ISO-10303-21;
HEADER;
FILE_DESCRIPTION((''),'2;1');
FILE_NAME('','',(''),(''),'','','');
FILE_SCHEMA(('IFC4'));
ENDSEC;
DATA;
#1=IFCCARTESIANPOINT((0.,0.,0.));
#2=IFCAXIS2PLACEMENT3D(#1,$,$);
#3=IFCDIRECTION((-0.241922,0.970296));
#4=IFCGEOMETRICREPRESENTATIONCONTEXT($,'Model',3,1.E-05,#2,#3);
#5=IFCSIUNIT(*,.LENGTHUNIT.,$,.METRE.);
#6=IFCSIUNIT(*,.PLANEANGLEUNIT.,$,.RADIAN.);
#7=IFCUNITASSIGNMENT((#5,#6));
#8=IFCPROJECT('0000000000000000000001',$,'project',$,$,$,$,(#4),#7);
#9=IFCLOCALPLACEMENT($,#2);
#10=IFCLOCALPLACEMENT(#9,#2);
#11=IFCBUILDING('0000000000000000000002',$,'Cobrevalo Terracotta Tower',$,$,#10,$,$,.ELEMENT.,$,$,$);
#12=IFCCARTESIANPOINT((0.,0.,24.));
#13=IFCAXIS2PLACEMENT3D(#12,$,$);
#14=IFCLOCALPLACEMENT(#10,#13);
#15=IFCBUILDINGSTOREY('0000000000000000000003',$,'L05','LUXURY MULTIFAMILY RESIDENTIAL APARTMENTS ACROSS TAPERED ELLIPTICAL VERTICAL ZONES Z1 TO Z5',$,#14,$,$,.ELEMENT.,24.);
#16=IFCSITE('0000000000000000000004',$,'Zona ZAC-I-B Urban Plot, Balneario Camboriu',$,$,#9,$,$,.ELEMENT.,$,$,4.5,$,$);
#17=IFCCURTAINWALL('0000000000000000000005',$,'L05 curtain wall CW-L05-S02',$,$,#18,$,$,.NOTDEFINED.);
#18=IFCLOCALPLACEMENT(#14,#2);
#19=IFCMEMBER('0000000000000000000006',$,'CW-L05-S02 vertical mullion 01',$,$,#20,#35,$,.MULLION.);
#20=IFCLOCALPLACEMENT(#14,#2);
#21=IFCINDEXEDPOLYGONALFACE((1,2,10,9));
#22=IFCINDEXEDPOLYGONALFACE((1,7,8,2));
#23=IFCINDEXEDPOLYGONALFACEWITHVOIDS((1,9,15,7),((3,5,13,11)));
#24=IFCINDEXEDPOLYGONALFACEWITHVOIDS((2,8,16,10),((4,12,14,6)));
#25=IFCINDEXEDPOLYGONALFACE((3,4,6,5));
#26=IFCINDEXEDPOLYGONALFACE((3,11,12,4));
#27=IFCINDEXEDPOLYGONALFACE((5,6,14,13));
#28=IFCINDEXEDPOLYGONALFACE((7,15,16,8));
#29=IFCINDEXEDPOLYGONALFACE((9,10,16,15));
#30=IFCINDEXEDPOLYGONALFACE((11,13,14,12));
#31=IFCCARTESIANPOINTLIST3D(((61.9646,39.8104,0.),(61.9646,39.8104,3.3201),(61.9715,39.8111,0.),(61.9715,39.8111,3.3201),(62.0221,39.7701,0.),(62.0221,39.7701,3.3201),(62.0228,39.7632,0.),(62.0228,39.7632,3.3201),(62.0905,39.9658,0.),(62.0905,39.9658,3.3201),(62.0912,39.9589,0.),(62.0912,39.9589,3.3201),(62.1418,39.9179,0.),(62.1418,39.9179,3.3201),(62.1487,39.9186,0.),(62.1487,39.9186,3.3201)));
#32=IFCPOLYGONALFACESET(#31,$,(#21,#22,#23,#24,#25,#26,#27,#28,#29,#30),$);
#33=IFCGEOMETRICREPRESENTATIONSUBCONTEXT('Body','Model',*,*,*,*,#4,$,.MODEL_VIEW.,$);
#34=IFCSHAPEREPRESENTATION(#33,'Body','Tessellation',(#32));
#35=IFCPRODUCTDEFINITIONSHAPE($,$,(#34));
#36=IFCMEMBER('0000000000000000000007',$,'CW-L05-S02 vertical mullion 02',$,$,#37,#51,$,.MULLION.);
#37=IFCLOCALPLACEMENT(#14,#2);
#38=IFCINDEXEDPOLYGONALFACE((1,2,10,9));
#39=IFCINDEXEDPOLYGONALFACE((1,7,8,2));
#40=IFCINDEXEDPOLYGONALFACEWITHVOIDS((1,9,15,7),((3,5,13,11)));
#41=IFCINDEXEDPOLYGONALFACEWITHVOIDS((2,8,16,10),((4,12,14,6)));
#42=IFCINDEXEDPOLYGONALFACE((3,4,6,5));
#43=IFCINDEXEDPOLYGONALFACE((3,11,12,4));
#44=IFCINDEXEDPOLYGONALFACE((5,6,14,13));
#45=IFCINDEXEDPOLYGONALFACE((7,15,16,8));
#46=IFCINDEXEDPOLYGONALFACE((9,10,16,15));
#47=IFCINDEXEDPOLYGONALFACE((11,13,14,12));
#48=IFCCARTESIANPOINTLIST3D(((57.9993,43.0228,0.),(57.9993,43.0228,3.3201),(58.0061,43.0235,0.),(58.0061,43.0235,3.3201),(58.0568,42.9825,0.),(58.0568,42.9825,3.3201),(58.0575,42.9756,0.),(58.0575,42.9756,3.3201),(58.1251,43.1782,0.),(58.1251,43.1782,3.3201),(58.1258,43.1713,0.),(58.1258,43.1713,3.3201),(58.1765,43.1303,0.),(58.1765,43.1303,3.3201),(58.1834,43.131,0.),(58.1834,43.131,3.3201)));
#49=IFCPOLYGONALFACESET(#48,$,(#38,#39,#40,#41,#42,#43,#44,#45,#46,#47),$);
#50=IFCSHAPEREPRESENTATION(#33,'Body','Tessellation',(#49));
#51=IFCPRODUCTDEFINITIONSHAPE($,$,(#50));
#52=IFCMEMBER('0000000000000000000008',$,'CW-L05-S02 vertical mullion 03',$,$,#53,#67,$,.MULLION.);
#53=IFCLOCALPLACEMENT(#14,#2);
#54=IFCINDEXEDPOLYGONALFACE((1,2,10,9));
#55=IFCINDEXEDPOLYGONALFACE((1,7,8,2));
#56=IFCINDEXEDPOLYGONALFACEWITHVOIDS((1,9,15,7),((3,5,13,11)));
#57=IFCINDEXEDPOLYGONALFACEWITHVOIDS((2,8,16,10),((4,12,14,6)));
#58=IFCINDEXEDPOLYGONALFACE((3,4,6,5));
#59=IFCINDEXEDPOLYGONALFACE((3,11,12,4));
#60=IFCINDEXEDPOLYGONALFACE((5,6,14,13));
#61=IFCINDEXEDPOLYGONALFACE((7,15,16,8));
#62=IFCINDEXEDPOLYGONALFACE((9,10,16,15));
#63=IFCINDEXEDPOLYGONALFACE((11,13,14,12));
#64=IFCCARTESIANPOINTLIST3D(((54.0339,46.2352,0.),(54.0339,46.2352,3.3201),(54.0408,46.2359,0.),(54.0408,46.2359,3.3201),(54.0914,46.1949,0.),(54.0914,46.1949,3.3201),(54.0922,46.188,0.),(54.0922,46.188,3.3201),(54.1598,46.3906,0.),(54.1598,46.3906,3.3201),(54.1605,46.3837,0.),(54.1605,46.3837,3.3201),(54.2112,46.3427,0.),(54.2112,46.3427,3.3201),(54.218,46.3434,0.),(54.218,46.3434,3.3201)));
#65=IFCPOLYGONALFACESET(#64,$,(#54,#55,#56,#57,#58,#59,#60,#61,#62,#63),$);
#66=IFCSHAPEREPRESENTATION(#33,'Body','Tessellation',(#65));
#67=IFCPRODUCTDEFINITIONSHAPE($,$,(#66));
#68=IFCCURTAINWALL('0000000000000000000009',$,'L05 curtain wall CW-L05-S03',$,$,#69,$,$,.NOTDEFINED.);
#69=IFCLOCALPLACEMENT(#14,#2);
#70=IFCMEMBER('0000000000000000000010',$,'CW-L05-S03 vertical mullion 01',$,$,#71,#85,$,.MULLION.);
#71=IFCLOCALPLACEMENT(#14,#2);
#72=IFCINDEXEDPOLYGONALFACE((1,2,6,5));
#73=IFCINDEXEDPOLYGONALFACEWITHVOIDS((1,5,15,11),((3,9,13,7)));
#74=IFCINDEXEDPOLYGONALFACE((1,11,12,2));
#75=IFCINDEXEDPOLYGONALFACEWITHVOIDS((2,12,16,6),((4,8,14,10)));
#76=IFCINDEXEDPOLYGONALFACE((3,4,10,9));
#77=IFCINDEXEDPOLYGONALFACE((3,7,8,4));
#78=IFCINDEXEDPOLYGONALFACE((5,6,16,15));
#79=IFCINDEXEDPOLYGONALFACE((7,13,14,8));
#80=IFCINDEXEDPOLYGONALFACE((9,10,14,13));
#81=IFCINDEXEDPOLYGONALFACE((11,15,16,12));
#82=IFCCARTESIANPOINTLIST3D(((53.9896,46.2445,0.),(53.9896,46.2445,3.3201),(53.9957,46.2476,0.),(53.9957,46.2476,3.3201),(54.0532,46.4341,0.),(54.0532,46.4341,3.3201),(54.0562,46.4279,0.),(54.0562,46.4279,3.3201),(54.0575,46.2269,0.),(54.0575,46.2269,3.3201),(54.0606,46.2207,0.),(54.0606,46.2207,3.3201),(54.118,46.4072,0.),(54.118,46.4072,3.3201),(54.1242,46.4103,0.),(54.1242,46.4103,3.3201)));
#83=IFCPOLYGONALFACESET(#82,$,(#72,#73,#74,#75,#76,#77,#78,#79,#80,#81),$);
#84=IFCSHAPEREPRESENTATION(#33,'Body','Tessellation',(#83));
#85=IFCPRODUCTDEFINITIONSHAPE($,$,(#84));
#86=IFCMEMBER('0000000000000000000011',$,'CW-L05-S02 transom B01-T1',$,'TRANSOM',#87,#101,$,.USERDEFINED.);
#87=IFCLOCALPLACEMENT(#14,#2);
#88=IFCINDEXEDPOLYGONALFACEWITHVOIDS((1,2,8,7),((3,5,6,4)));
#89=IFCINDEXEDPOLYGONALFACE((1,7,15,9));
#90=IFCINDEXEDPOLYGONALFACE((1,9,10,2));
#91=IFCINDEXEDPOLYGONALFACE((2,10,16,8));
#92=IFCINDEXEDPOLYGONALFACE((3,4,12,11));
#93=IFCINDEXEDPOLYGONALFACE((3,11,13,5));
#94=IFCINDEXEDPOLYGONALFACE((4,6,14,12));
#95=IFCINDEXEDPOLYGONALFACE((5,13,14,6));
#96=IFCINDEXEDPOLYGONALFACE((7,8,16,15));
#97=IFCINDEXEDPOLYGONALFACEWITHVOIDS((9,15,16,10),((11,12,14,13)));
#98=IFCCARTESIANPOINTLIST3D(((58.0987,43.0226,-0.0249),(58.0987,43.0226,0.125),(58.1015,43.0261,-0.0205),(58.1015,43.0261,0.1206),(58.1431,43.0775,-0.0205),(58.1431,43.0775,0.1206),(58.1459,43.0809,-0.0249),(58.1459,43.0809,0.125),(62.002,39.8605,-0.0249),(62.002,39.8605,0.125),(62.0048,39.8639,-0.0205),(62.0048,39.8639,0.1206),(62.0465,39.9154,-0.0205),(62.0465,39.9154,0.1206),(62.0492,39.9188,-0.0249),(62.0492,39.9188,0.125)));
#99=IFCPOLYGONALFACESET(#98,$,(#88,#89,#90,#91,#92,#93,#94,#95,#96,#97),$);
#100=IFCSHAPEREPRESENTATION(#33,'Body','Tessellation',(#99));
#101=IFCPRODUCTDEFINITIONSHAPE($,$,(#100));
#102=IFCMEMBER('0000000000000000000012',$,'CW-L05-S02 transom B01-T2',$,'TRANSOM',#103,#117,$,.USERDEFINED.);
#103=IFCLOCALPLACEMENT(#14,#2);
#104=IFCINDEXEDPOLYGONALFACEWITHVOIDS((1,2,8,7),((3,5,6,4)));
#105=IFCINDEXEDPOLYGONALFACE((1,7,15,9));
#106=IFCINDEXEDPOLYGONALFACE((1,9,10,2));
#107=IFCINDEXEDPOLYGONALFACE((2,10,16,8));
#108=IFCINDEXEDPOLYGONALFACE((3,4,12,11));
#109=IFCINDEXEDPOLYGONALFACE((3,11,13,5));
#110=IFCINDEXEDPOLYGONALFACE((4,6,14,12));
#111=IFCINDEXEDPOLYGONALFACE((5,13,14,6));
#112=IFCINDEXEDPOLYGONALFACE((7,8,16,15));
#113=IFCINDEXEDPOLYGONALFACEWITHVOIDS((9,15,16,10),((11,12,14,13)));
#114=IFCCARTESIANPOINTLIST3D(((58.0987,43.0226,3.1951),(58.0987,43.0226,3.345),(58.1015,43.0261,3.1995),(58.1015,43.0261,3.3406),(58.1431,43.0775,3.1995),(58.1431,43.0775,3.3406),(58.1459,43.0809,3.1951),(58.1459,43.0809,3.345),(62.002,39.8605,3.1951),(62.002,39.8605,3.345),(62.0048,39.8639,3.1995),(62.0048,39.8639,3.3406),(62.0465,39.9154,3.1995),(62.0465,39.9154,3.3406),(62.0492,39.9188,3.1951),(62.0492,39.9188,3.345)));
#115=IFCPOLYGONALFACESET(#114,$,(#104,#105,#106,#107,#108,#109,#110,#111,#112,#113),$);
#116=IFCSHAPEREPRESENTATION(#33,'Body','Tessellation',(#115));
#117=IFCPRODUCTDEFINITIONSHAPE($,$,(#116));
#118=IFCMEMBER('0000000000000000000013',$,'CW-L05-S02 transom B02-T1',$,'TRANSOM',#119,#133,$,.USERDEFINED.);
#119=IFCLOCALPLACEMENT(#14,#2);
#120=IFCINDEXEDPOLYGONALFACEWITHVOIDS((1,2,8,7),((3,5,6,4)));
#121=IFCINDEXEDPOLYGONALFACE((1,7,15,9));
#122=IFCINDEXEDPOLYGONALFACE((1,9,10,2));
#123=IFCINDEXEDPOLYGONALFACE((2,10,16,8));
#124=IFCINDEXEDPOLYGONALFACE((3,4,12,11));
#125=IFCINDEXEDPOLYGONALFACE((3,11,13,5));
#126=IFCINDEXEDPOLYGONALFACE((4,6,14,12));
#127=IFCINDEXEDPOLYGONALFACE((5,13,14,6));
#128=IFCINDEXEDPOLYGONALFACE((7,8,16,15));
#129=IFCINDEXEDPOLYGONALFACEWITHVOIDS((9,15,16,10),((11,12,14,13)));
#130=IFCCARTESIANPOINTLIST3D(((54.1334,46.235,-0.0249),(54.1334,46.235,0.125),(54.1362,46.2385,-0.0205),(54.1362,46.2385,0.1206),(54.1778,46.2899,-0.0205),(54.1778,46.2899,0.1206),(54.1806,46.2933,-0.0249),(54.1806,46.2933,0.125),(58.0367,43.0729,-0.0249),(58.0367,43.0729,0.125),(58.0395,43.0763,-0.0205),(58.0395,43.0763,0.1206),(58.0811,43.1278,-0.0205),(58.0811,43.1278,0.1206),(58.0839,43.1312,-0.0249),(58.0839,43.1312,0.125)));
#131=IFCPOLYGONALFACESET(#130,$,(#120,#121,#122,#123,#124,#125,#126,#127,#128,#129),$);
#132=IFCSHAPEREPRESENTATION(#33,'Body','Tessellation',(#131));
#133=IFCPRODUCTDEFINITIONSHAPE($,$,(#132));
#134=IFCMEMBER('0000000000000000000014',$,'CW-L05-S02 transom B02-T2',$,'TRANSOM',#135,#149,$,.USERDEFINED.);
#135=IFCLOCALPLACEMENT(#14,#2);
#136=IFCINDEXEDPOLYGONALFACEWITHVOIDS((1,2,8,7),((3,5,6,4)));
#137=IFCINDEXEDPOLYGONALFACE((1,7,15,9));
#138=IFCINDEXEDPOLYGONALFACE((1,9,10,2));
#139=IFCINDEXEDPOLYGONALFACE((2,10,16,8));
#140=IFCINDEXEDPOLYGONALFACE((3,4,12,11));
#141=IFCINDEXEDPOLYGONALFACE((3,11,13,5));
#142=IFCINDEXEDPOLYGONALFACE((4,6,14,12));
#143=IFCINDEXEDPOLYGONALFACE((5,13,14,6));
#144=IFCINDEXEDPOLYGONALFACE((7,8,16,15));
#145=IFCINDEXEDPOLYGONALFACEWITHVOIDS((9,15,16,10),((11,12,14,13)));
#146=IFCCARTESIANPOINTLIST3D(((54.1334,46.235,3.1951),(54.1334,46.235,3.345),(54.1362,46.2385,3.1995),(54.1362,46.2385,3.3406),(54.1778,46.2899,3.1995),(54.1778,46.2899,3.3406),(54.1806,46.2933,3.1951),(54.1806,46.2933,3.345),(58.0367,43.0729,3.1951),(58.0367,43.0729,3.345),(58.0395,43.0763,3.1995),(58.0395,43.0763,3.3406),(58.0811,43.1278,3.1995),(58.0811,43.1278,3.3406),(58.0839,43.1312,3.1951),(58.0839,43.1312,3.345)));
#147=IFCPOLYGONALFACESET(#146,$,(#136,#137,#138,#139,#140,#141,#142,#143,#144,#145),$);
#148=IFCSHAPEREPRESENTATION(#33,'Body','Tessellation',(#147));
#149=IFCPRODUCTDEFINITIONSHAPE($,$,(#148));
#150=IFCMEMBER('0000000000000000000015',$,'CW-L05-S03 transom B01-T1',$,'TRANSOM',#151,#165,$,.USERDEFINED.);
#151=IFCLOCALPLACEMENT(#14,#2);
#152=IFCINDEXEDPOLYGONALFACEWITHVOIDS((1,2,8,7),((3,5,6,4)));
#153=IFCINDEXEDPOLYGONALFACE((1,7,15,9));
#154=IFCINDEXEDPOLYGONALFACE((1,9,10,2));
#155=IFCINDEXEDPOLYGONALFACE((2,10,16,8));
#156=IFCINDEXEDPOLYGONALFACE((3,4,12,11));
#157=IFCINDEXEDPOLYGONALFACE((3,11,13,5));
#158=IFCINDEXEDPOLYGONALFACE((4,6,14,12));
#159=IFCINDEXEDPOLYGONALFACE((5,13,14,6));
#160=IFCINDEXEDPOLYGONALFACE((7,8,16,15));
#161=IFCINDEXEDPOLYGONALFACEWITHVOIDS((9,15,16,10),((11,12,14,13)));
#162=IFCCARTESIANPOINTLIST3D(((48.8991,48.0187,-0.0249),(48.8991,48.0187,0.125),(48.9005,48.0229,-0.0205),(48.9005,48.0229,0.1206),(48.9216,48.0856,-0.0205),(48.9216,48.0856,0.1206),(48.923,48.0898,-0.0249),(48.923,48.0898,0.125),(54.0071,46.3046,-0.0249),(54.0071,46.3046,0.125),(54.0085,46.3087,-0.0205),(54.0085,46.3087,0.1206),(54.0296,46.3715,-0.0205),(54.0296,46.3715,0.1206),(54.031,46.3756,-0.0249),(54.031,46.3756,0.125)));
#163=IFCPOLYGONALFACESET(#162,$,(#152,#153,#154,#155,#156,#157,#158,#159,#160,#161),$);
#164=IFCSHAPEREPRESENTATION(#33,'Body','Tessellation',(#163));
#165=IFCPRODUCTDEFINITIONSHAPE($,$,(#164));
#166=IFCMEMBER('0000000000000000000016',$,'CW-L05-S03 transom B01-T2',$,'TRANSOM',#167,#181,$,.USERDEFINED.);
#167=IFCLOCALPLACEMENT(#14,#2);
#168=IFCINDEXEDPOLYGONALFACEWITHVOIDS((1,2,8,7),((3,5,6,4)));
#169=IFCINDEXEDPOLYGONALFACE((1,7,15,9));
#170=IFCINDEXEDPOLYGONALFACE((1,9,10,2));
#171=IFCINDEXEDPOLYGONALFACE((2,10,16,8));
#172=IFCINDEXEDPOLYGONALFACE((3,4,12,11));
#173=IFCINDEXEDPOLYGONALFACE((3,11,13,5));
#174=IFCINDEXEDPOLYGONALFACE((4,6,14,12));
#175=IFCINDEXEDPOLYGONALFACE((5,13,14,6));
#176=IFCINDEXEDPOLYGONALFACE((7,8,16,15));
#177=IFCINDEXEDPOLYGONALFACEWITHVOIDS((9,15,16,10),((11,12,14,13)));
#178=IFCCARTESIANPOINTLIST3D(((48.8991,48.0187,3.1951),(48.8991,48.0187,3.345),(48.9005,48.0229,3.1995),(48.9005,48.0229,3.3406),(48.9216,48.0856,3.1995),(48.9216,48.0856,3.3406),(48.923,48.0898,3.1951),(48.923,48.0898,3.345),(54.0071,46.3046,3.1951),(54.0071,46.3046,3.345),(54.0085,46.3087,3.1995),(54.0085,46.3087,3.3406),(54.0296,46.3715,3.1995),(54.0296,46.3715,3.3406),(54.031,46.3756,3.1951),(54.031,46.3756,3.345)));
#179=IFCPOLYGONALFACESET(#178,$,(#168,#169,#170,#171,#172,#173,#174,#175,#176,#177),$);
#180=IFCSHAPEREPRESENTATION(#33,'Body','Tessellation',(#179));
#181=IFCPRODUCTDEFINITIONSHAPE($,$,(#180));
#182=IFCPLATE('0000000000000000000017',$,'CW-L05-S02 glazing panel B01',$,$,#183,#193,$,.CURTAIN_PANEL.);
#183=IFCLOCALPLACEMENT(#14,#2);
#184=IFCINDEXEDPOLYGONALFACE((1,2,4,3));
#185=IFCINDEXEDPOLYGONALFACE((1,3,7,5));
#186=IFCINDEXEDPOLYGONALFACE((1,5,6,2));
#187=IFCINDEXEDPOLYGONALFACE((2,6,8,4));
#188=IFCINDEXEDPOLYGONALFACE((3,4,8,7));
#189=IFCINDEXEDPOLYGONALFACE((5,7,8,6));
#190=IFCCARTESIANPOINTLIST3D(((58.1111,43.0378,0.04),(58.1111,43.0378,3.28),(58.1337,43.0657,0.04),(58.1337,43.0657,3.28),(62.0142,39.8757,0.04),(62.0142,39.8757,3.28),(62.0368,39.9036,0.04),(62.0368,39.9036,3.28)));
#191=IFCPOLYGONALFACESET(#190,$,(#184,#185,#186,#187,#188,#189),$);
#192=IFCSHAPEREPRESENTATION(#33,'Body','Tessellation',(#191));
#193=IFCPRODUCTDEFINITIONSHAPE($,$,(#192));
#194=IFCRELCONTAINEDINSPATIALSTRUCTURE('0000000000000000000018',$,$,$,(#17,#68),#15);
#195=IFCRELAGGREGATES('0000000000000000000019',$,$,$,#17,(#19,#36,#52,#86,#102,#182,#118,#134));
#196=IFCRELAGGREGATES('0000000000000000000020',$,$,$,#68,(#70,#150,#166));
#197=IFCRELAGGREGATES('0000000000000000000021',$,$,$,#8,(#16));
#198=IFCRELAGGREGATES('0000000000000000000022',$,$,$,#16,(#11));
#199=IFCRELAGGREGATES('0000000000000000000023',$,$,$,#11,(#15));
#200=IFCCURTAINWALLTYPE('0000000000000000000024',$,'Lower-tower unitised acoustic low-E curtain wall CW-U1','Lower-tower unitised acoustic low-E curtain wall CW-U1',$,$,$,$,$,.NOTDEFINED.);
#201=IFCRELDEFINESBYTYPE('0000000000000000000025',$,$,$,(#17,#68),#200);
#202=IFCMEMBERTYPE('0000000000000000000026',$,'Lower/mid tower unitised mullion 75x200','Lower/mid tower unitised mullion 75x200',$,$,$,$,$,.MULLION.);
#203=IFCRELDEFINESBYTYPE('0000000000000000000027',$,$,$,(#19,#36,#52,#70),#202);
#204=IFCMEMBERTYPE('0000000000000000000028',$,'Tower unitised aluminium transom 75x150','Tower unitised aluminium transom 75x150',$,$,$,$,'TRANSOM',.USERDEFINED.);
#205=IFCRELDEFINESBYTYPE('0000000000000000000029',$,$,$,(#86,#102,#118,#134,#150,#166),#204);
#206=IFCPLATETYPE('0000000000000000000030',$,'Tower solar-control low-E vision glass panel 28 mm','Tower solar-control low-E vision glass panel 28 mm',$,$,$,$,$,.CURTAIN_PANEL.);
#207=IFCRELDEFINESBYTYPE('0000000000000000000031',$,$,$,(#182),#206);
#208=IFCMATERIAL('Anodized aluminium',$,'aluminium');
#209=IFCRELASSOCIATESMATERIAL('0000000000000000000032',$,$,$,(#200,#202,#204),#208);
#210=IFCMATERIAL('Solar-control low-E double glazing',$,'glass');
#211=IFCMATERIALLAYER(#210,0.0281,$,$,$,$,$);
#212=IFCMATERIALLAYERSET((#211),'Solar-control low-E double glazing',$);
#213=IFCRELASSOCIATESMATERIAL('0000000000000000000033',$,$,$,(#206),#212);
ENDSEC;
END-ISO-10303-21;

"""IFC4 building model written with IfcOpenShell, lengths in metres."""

from ifc_helpers import new_model, si_unit, direction, frame, origin, origin_2d, place, context, subcontext, project, spatial, rectangle, hollow_rectangle, extrude, source, transform, mapped, material, layer, layer_set, material_profile, profile_set, type_object, element, aggregate, save


model = new_model("IFC4")

# Units and contexts
model_context = context("Model", 3, precision=1e-05, world=origin(), true_north=direction((-0.241922, 0.970296)))
body_context = subcontext(model_context, "Body", "Model", "MODEL_VIEW")
ifc_project = project(units=[si_unit("LENGTHUNIT", "METRE"), si_unit("PLANEANGLEUNIT", "RADIAN")], contexts=[model_context])

# Site, building, storey
site_placement = place(None, origin())
site = spatial("IfcSite", under=ifc_project, at=site_placement, Name="Zona ZAC-I-B Urban Plot, Balneario Camboriu", CompositionType="ELEMENT", RefElevation=4.5)
building_placement = place(site_placement, origin())
building = spatial("IfcBuilding", under=site, at=building_placement, Name="Cobrevalo Terracotta Tower", CompositionType="ELEMENT")
storey_placement = place(building_placement, frame((0.0, 0.0, 24.0)))
storey = spatial("IfcBuildingStorey", under=building, at=storey_placement, Name="L05", Description="LUXURY MULTIFAMILY RESIDENTIAL APARTMENTS ACROSS TAPERED ELLIPTICAL VERTICAL ZONES Z1 TO Z5", CompositionType="ELEMENT", Elevation=24.0)

# Curtain wall, members
ifc_material_1 = material(Name="Anodized aluminium", Category="aluminium")
curtain_wall_type = type_object("IfcCurtainWallType", Name="Lower-tower unitised acoustic low-E curtain wall CW-U1", Description="Lower-tower unitised acoustic low-E curtain wall CW-U1", PredefinedType="NOTDEFINED", material=ifc_material_1)
curtain_wall_1_placement = place(storey_placement, origin())
curtain_wall_1 = element("IfcCurtainWall", 1, at=curtain_wall_1_placement, inside=storey, type_object=curtain_wall_type, Name="L05 curtain wall CW-L05-S02", PredefinedType="NOTDEFINED")
ifc_material_profile_1 = material_profile(ifc_material_1, hollow_rectangle(XDim=0.075, YDim=0.2, WallThickness=0.0049, at=origin_2d()), Name="CWM 75x200")
ifc_profile_set_1 = profile_set([ifc_material_profile_1], Name="Anodized aluminium")
member_type_1 = type_object("IfcMemberType", Name="Lower/mid tower unitised mullion 75x200", Description="Lower/mid tower unitised mullion 75x200", PredefinedType="MULLION", material=ifc_profile_set_1)
shared_shape_1 = source(origin(), body_context, "Body", "SweptSolid", [
    extrude(hollow_rectangle(XDim=0.075, YDim=0.2, WallThickness=0.0049, at=origin_2d()), origin(), (0.0, 0.0, 1.0), 3.3201),
])
member_1_placement = place(storey_placement, frame((62.0566, 39.8645, 0.0), z_axis=(0.0, 0.0, 1.0), x_axis=(-0.777003, 0.629497, 0.0)))
member_1 = element("IfcMember", 2, at=member_1_placement, type_object=member_type_1, Name="CW-L05-S02 vertical mullion 01", PredefinedType="MULLION", context=body_context, shape_type="MappedRepresentation", body=[
    mapped(shared_shape_1, transform((0.0, 0.0, 0.0), scale=1.0)),
])
member_2_placement = place(storey_placement, frame((58.0913, 43.0769, 0.0), z_axis=(0.0, 0.0, 1.0), x_axis=(-0.777003, 0.629497, 0.0)))
member_2 = element("IfcMember", 3, at=member_2_placement, type_object=member_type_1, Name="CW-L05-S02 vertical mullion 02", PredefinedType="MULLION", context=body_context, shape_type="MappedRepresentation", body=[
    mapped(shared_shape_1, transform((0.0, 0.0, 0.0), scale=1.0)),
])
member_3_placement = place(storey_placement, frame((54.126, 46.2893, 0.0), z_axis=(0.0, 0.0, 1.0), x_axis=(-0.777003, 0.629497, 0.0)))
member_3 = element("IfcMember", 4, at=member_3_placement, type_object=member_type_1, Name="CW-L05-S02 vertical mullion 03", PredefinedType="MULLION", context=body_context, shape_type="MappedRepresentation", body=[
    mapped(shared_shape_1, transform((0.0, 0.0, 0.0), scale=1.0)),
])

# Curtain wall, member
curtain_wall_2_placement = place(storey_placement, origin())
curtain_wall_2 = element("IfcCurtainWall", 5, at=curtain_wall_2_placement, inside=storey, type_object=curtain_wall_type, Name="L05 curtain wall CW-L05-S03", PredefinedType="NOTDEFINED")
member_4_placement = place(storey_placement, frame((54.0569, 46.3274, 0.0), z_axis=(0.0, 0.0, 1.0), x_axis=(-0.948046, 0.318132, 0.0)))
member_4 = element("IfcMember", 6, at=member_4_placement, type_object=member_type_1, Name="CW-L05-S03 vertical mullion 01", PredefinedType="MULLION", context=body_context, shape_type="MappedRepresentation", body=[
    mapped(shared_shape_1, transform((0.0, 0.0, 0.0), scale=1.0)),
])

# Members
ifc_material_profile_2 = material_profile(ifc_material_1, hollow_rectangle(XDim=0.075, YDim=0.1499, WallThickness=0.0044, at=origin_2d()), Name="CWT 75x150")
ifc_profile_set_2 = profile_set([ifc_material_profile_2], Name="Anodized aluminium")
member_type_2 = type_object("IfcMemberType", Name="Tower unitised aluminium transom 75x150", Description="Tower unitised aluminium transom 75x150", ElementType="TRANSOM", PredefinedType="USERDEFINED", material=ifc_profile_set_2)
shared_shape_2 = source(origin(), body_context, "Body", "SweptSolid", [
    extrude(hollow_rectangle(XDim=0.075, YDim=0.1499, WallThickness=0.0044, at=origin_2d()), origin(), (0.0, 0.0, 1.0), 5.0234),
])
member_5_placement = place(storey_placement, frame((62.0256, 39.8896, 0.05), z_axis=(-0.777023, 0.629472, 0.0), x_axis=(-0.629472, -0.777023, 0.0)))
member_5 = element("IfcMember", 7, at=member_5_placement, type_object=member_type_2, Name="CW-L05-S02 transom B01-T1", ObjectType="TRANSOM", PredefinedType="USERDEFINED", context=body_context, shape_type="MappedRepresentation", body=[
    mapped(shared_shape_2, transform((0.0, 0.0, 0.0), scale=1.0)),
])
member_6_placement = place(storey_placement, frame((62.0256, 39.8896, 3.27), z_axis=(-0.777023, 0.629472, 0.0), x_axis=(-0.629472, -0.777023, 0.0)))
member_6 = element("IfcMember", 8, at=member_6_placement, type_object=member_type_2, Name="CW-L05-S02 transom B01-T2", ObjectType="TRANSOM", PredefinedType="USERDEFINED", context=body_context, shape_type="MappedRepresentation", body=[
    mapped(shared_shape_2, transform((0.0, 0.0, 0.0), scale=1.0)),
])
member_7_placement = place(storey_placement, frame((58.0603, 43.1021, 0.05), z_axis=(-0.777023, 0.629472, 0.0), x_axis=(-0.629472, -0.777023, 0.0)))
member_7 = element("IfcMember", 9, at=member_7_placement, type_object=member_type_2, Name="CW-L05-S02 transom B02-T1", ObjectType="TRANSOM", PredefinedType="USERDEFINED", context=body_context, shape_type="MappedRepresentation", body=[
    mapped(shared_shape_2, transform((0.0, 0.0, 0.0), scale=1.0)),
])
member_8_placement = place(storey_placement, frame((58.0603, 43.1021, 3.27), z_axis=(-0.777023, 0.629472, 0.0), x_axis=(-0.629472, -0.777023, 0.0)))
member_8 = element("IfcMember", 10, at=member_8_placement, type_object=member_type_2, Name="CW-L05-S02 transom B02-T2", ObjectType="TRANSOM", PredefinedType="USERDEFINED", context=body_context, shape_type="MappedRepresentation", body=[
    mapped(shared_shape_2, transform((0.0, 0.0, 0.0), scale=1.0)),
])
shared_shape_3 = source(origin(), body_context, "Body", "SweptSolid", [
    extrude(hollow_rectangle(XDim=0.075, YDim=0.1499, WallThickness=0.0044, at=origin_2d()), origin(), (0.0, 0.0, 1.0), 5.3879),
])
member_9_placement = place(storey_placement, frame((54.019, 46.3401, 0.05), z_axis=(-0.948042, 0.318144, 0.0), x_axis=(-0.318144, -0.948042, 0.0)))
member_9 = element("IfcMember", 11, at=member_9_placement, type_object=member_type_2, Name="CW-L05-S03 transom B01-T1", ObjectType="TRANSOM", PredefinedType="USERDEFINED", context=body_context, shape_type="MappedRepresentation", body=[
    mapped(shared_shape_3, transform((0.0, 0.0, 0.0), scale=1.0)),
])
member_10_placement = place(storey_placement, frame((54.019, 46.3401, 3.27), z_axis=(-0.948042, 0.318144, 0.0), x_axis=(-0.318144, -0.948042, 0.0)))
member_10 = element("IfcMember", 12, at=member_10_placement, type_object=member_type_2, Name="CW-L05-S03 transom B01-T2", ObjectType="TRANSOM", PredefinedType="USERDEFINED", context=body_context, shape_type="MappedRepresentation", body=[
    mapped(shared_shape_3, transform((0.0, 0.0, 0.0), scale=1.0)),
])

# Plate
ifc_material_2 = material(Name="Solar-control low-E double glazing", Category="glass")
ifc_layer_1 = layer(ifc_material_2, 0.0281)
ifc_layer_set_1 = layer_set([ifc_layer_1], Name="Solar-control low-E double glazing")
plate_type = type_object("IfcPlateType", Name="Tower solar-control low-E vision glass panel 28 mm", Description="Tower solar-control low-E vision glass panel 28 mm", PredefinedType="CURTAIN_PANEL", material=ifc_layer_set_1)
shared_shape_4 = source(origin(), body_context, "Body", "SweptSolid", [
    extrude(rectangle(XDim=5.0232, YDim=0.0359, at=origin_2d()), origin(), (0.0, 0.0, 1.0), 3.24),
])
plate_1_placement = place(storey_placement, frame((60.074, 41.4707, 0.04), z_axis=(0.0, 0.0, 1.0), x_axis=(-0.777008, 0.629491, 0.0)))
plate_1 = element("IfcPlate", 13, at=plate_1_placement, type_object=plate_type, Name="CW-L05-S02 glazing panel B01", PredefinedType="CURTAIN_PANEL", context=body_context, shape_type="MappedRepresentation", body=[
    mapped(shared_shape_4, transform((0.0, 0.0, 0.0), scale=1.0)),
])
aggregate(curtain_wall_1, [member_1, member_2, member_3, member_5, member_6, plate_1, member_7, member_8])
aggregate(curtain_wall_2, [member_4, member_9, member_10])

save(model, "model.ifc")
